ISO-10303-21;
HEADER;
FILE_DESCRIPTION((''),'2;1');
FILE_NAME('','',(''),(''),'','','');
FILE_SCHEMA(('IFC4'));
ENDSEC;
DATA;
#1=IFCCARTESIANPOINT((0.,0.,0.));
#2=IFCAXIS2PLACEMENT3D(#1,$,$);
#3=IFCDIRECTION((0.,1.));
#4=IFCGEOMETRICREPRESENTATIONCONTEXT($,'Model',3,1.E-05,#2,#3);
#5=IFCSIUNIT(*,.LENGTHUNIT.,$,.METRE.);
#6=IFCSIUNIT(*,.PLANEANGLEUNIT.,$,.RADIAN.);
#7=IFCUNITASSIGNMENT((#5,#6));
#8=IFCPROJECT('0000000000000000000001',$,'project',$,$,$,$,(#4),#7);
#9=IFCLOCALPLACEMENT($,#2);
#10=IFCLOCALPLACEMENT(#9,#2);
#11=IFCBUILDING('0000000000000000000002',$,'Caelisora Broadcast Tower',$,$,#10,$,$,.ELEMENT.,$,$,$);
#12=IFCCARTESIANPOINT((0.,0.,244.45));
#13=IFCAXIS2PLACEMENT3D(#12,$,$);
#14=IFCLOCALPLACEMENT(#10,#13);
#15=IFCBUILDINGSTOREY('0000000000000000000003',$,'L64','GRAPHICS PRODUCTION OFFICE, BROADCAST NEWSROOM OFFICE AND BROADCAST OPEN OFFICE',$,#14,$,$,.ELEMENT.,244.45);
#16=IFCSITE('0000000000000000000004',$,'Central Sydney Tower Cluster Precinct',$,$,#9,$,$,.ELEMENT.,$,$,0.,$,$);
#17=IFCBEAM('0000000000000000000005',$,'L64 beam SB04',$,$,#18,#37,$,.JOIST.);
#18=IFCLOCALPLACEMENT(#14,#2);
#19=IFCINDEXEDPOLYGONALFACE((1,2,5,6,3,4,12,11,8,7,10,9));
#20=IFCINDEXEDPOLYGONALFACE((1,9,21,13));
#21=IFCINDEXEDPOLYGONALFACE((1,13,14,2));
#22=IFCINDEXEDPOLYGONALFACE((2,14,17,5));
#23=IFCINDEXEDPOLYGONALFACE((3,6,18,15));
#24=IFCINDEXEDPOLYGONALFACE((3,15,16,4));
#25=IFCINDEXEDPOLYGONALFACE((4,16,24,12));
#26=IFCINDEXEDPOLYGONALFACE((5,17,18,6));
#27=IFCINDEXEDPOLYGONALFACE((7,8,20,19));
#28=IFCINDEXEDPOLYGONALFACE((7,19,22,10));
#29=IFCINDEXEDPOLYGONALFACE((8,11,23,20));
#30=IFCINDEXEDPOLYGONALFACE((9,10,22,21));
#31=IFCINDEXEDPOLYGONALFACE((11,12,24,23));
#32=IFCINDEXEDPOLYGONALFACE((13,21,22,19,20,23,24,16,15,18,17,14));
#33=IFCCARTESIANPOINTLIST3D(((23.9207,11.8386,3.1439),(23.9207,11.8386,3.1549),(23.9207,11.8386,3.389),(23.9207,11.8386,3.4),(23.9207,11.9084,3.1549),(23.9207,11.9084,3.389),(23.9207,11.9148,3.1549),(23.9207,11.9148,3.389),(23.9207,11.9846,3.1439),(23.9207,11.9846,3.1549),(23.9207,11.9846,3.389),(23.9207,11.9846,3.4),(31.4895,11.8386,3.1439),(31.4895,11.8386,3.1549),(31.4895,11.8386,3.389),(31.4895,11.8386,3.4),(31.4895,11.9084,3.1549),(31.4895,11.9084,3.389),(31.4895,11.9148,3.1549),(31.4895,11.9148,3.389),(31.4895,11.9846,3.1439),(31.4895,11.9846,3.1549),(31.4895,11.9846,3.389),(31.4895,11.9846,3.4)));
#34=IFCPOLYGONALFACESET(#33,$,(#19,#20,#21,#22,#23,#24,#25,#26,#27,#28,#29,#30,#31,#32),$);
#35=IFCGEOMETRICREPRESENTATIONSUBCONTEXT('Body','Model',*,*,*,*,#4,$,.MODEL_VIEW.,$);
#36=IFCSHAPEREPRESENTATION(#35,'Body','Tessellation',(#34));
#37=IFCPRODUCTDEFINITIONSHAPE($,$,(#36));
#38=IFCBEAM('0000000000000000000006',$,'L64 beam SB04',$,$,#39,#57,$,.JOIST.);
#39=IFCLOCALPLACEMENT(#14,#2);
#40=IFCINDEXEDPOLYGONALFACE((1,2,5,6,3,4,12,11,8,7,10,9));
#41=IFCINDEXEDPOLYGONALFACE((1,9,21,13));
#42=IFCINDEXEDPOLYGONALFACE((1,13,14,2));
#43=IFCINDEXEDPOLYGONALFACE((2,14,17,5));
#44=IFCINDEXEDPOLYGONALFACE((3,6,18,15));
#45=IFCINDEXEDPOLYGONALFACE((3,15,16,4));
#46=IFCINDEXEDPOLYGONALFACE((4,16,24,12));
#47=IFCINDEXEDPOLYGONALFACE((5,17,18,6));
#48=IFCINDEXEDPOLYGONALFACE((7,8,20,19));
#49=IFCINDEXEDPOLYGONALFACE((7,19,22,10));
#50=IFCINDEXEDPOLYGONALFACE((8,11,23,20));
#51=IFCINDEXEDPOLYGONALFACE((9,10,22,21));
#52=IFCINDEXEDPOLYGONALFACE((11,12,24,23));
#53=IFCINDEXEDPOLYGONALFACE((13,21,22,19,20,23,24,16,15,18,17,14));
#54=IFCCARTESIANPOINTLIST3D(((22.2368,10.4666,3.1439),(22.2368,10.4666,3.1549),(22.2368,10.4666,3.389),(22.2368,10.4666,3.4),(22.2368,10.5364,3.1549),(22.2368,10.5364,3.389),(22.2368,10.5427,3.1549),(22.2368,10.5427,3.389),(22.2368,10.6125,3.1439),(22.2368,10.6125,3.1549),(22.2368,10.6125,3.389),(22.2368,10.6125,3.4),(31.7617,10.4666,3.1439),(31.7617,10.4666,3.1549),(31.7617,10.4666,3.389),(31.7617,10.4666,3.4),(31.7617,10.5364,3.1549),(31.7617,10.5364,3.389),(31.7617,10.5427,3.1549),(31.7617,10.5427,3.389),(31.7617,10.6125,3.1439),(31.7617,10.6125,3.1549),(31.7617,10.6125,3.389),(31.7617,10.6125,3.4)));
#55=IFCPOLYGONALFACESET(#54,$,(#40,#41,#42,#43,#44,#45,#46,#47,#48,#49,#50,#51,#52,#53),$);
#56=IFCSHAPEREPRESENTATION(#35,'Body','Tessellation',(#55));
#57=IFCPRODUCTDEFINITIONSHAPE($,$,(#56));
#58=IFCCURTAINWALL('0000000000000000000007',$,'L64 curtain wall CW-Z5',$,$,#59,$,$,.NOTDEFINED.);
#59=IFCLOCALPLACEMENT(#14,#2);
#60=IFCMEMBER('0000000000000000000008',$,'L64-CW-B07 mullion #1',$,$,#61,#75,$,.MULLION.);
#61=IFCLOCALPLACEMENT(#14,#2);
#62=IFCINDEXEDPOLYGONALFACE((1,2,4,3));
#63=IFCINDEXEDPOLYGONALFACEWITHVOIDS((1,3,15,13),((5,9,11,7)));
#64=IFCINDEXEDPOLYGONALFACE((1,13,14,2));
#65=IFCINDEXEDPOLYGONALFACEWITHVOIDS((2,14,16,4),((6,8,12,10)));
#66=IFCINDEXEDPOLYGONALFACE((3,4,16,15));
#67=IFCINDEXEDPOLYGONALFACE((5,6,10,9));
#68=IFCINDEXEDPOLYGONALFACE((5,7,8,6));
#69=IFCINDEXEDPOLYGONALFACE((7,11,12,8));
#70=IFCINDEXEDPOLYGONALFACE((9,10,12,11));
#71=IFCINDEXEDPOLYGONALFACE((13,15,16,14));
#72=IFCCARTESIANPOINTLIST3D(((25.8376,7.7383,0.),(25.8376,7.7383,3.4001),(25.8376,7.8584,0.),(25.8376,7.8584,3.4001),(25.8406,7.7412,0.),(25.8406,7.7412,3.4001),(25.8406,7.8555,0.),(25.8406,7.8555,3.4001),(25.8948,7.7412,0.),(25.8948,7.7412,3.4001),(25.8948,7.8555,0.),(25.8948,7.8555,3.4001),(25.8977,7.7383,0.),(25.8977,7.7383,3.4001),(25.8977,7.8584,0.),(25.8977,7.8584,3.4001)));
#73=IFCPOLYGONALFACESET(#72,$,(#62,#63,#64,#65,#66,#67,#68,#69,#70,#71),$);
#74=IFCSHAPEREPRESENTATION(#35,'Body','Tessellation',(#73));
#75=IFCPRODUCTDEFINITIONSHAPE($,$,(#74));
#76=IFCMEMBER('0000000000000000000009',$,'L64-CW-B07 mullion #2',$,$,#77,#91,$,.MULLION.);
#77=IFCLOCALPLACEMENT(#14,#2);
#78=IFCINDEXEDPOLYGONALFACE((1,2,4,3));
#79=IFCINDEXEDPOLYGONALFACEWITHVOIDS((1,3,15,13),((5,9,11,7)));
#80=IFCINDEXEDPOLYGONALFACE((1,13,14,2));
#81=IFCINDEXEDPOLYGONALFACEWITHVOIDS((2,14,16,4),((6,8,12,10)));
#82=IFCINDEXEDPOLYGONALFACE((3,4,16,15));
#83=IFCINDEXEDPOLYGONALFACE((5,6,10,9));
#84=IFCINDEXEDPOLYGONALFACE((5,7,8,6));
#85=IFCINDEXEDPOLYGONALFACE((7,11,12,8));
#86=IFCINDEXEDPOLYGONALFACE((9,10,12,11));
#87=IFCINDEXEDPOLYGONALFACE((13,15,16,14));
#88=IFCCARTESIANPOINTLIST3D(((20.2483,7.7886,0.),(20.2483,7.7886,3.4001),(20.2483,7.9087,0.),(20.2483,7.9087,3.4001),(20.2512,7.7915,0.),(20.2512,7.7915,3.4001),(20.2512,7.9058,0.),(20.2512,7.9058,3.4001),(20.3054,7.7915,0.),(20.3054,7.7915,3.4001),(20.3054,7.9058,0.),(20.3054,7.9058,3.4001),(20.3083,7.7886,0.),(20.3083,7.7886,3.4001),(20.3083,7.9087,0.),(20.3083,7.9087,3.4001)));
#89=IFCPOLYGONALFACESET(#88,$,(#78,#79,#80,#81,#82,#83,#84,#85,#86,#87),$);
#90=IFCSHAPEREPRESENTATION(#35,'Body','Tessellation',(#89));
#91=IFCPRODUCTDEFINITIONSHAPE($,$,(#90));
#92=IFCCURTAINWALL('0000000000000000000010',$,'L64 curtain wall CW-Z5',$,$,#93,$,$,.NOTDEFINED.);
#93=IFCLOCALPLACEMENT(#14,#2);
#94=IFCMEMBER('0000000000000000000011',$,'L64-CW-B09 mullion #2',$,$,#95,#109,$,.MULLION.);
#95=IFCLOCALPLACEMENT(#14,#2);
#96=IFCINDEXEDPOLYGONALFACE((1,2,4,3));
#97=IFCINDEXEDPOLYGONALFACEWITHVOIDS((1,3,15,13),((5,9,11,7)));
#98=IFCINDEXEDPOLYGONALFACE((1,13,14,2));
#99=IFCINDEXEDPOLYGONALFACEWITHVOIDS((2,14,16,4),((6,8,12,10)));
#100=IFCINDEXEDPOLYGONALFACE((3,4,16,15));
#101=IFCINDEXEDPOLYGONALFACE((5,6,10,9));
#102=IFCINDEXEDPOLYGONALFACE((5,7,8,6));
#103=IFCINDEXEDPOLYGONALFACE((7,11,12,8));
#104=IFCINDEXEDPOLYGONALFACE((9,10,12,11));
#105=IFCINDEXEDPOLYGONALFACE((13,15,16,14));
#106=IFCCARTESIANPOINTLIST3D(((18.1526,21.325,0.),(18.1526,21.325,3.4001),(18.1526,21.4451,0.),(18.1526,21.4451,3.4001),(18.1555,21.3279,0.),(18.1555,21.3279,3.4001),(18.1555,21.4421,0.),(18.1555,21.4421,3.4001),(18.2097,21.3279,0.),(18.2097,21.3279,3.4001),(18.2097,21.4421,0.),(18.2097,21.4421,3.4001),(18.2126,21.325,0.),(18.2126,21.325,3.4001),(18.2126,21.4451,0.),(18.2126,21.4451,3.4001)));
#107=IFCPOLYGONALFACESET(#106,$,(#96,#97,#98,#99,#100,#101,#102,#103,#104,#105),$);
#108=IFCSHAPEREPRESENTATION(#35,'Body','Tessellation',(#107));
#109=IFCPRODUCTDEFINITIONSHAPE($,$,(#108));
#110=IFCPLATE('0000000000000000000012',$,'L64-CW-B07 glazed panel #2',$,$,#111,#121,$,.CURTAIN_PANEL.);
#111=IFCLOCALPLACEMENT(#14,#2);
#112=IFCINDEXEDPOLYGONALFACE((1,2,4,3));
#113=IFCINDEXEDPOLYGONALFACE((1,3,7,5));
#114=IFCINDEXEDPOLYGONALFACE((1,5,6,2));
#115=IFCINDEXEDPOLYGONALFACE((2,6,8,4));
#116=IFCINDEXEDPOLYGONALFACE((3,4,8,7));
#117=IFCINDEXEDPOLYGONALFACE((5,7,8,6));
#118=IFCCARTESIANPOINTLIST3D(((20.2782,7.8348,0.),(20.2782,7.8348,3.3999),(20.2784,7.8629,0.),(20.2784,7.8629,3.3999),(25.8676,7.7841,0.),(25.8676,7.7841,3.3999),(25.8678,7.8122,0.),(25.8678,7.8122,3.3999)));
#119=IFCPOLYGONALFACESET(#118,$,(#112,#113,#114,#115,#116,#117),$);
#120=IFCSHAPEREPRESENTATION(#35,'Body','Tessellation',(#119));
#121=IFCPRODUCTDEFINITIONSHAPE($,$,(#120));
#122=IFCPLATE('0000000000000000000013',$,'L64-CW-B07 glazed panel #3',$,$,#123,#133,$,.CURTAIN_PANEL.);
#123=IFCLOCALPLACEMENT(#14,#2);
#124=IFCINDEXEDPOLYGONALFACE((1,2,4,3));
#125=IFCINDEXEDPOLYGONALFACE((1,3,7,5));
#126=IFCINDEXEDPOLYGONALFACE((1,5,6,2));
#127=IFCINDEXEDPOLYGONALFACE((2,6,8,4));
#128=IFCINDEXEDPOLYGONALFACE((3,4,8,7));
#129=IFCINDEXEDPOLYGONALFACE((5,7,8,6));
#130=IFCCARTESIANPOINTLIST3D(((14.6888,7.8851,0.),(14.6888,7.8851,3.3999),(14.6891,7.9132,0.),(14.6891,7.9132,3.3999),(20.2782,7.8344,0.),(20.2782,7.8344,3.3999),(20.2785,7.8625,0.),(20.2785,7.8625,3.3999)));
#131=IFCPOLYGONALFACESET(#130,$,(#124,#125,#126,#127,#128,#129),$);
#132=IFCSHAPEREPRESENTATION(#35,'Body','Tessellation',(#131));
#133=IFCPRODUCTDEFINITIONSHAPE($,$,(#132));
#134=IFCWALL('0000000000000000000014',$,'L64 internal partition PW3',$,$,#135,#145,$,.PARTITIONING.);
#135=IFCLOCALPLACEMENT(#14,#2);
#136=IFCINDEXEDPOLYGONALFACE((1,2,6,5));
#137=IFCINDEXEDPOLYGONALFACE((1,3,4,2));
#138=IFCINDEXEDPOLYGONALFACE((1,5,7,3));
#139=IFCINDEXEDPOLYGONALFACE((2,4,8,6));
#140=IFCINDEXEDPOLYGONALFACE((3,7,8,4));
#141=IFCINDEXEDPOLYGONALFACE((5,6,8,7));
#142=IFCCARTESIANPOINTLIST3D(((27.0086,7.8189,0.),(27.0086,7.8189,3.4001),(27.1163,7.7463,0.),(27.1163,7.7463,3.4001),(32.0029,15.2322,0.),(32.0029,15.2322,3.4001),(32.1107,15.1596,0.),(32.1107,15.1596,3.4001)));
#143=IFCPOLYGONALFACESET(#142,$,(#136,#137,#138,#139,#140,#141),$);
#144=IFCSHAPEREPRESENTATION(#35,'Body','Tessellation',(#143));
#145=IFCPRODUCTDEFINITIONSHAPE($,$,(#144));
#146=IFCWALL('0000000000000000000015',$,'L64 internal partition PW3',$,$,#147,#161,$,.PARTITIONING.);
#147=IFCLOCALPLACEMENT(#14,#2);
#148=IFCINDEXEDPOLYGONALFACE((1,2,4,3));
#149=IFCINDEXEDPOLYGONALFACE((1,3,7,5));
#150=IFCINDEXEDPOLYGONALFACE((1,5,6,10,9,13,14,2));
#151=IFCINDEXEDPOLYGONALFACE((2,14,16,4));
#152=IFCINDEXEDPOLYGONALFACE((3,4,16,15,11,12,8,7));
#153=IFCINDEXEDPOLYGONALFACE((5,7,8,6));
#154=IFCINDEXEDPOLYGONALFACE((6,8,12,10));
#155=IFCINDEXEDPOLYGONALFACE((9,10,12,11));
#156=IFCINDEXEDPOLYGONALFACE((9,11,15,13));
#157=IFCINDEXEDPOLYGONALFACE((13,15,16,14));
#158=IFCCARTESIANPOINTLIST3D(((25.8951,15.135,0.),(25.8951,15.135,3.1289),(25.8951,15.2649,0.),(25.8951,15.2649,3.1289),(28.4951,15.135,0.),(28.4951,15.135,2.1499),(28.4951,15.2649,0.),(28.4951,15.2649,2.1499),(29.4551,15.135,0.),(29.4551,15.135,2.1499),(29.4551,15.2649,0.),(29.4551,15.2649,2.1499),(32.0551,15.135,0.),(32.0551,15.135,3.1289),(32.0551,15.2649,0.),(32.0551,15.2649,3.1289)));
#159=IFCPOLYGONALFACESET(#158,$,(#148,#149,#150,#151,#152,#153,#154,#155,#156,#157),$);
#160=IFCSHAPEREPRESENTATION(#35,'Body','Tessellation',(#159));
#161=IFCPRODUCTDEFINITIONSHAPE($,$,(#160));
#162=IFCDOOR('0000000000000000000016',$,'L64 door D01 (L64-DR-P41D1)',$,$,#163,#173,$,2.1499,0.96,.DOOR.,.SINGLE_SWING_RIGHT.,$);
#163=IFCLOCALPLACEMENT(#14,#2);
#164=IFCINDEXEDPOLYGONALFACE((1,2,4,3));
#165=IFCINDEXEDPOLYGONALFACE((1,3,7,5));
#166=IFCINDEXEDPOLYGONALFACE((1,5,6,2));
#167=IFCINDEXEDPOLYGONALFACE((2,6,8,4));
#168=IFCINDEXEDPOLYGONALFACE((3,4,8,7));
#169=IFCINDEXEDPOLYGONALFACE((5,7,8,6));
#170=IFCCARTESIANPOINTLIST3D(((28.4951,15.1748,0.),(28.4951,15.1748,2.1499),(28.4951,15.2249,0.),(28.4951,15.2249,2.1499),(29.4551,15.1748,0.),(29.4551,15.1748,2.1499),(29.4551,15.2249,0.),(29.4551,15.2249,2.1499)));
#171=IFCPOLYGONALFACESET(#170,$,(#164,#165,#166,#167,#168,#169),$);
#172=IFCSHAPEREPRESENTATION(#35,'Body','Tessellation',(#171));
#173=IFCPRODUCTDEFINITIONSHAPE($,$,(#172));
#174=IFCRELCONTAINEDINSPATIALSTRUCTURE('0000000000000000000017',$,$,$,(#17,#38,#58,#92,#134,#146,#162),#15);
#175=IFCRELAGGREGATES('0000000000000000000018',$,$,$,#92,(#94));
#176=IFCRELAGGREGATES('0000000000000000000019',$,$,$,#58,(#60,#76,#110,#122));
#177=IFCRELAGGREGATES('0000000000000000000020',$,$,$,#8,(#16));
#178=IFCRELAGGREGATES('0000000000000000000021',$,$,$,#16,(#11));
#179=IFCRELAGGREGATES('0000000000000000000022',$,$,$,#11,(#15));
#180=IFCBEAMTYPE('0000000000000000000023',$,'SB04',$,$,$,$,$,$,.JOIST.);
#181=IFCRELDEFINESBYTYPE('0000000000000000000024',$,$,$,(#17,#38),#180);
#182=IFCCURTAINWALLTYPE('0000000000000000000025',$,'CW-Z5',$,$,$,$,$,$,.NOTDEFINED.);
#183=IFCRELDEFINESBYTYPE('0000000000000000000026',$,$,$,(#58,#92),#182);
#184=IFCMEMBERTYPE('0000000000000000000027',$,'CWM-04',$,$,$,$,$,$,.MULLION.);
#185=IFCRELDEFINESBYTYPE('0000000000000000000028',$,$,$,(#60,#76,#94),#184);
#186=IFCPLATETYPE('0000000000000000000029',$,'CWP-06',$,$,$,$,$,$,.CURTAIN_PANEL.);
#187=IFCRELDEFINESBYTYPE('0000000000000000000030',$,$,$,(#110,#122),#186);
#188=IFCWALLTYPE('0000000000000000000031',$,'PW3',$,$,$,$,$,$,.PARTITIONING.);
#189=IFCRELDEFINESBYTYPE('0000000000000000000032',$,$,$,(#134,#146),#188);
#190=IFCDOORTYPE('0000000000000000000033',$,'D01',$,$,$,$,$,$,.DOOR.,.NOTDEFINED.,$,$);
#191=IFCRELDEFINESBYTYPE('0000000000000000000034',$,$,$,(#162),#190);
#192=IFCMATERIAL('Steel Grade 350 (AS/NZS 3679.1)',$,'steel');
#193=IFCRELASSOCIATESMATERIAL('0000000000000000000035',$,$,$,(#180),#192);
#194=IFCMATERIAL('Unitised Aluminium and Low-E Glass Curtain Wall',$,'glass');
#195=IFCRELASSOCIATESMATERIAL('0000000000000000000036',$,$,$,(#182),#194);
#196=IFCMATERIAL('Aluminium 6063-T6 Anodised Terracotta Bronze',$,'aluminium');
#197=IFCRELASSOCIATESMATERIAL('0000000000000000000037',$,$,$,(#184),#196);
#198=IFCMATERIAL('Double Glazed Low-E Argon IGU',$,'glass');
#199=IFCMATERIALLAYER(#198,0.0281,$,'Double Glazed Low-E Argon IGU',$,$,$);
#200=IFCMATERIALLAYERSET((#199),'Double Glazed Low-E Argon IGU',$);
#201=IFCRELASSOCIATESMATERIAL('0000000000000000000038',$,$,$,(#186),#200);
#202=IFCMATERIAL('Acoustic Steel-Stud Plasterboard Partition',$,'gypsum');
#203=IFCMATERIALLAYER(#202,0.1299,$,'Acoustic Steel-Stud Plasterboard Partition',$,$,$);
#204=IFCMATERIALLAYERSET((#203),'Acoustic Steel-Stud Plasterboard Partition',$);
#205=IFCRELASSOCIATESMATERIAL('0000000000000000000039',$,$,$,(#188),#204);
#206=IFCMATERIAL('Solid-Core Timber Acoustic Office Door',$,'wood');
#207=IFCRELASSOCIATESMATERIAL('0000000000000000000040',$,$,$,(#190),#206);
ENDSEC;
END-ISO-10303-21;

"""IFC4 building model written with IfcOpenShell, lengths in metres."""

from ifc_helpers import new_model, si_unit, direction, frame, frame_2d, origin, origin_2d, place, context, subcontext, project, spatial, rectangle, hollow_rectangle, i_section, extrude, source, transform, mapped, material, layer, layer_set, material_profile, profile_set, type_object, type_shapes, element, fill, aggregate, save


model = new_model("IFC4")

# Units and contexts
model_context = context("Model", 3, precision=1e-05, world=origin(), true_north=direction((0.0, 1.0)))
body_context = subcontext(model_context, "Body", "Model", "MODEL_VIEW")
ifc_project = project(units=[si_unit("LENGTHUNIT", "METRE"), si_unit("PLANEANGLEUNIT", "RADIAN")], contexts=[model_context])

# Site, building, storey
site_placement = place(None, origin())
site = spatial("IfcSite", under=ifc_project, at=site_placement, Name="Central Sydney Tower Cluster Precinct", CompositionType="ELEMENT", RefElevation=0.0)
building_placement = place(site_placement, origin())
building = spatial("IfcBuilding", under=site, at=building_placement, Name="Caelisora Broadcast Tower", CompositionType="ELEMENT")
storey_placement = place(building_placement, frame((0.0, 0.0, 244.45)))
storey = spatial("IfcBuildingStorey", under=building, at=storey_placement, Name="L64", Description="GRAPHICS PRODUCTION OFFICE, BROADCAST NEWSROOM OFFICE AND BROADCAST OPEN OFFICE", CompositionType="ELEMENT", Elevation=244.45)

# Beams
ifc_material_1 = material(Name="Steel Grade 350 (AS/NZS 3679.1)", Category="steel")
ifc_material_profile_1 = material_profile(ifc_material_1, i_section(OverallWidth=0.146, OverallDepth=0.2561, WebThickness=0.0063, FlangeThickness=0.011, at=origin_2d()), Name="Steel Grade 350 (AS/NZS 3679.1)")
ifc_profile_set_1 = profile_set([ifc_material_profile_1], Name="Steel Grade 350 (AS/NZS 3679.1)")
beam_type_1 = type_object("IfcBeamType", Name="SB04", PredefinedType="JOIST", material=ifc_profile_set_1)
shared_shape_1 = source(origin(), body_context, "Body", "SweptSolid", [
    extrude(i_section(OverallWidth=0.146, OverallDepth=0.2561, WebThickness=0.0063, FlangeThickness=0.011, at=origin_2d()), origin(), (0.0, 0.0, 1.0), 7.5688),
])
beam_1_placement = place(storey_placement, frame((23.9207, 11.9116, 3.272), z_axis=(1.0, 0.0, 0.0), x_axis=(0.0, 1.0, 0.0)))
element("IfcBeam", 1, at=beam_1_placement, inside=storey, type_object=beam_type_1, Name="L64 beam SB04", PredefinedType="JOIST", context=body_context, shape_type="MappedRepresentation", body=[
    mapped(shared_shape_1, transform((0.0, 0.0, 0.0), scale=1.0)),
])
shared_shape_2 = source(origin(), body_context, "Body", "SweptSolid", [
    extrude(i_section(OverallWidth=0.146, OverallDepth=0.2561, WebThickness=0.0063, FlangeThickness=0.011, at=origin_2d()), origin(), (0.0, 0.0, 1.0), 9.5249),
])
beam_2_placement = place(storey_placement, frame((22.2368, 10.5396, 3.272), z_axis=(1.0, 0.0, 0.0), x_axis=(0.0, 1.0, 0.0)))
element("IfcBeam", 2, at=beam_2_placement, inside=storey, type_object=beam_type_1, Name="L64 beam SB04", PredefinedType="JOIST", context=body_context, shape_type="MappedRepresentation", body=[
    mapped(shared_shape_2, transform((0.0, 0.0, 0.0), scale=1.0)),
])

# Curtain wall, members
ifc_material_2 = material(Name="Unitised Aluminium and Low-E Glass Curtain Wall", Category="glass")
curtain_wall_type = type_object("IfcCurtainWallType", Name="CW-Z5", PredefinedType="NOTDEFINED", material=ifc_material_2)
curtain_wall_1_placement = place(storey_placement, origin())
curtain_wall_1 = element("IfcCurtainWall", 3, at=curtain_wall_1_placement, inside=storey, type_object=curtain_wall_type, Name="L64 curtain wall CW-Z5", PredefinedType="NOTDEFINED")
ifc_material_3 = material(Name="Aluminium 6063-T6 Anodised Terracotta Bronze", Category="aluminium")
ifc_material_profile_2 = material_profile(ifc_material_3, hollow_rectangle(XDim=0.0601, YDim=0.1201, WallThickness=0.0029, at=origin_2d()), Name="Aluminium 6063-T6 Anodised Terracotta Bronze")
ifc_profile_set_2 = profile_set([ifc_material_profile_2], Name="Aluminium 6063-T6 Anodised Terracotta Bronze")
member_type = type_object("IfcMemberType", Name="CWM-04", PredefinedType="MULLION", material=ifc_profile_set_2)
shared_shape_3 = source(origin(), body_context, "Body", "SweptSolid", [
    extrude(hollow_rectangle(XDim=0.0601, YDim=0.1201, WallThickness=0.0029, at=origin_2d()), origin(), (0.0, 0.0, 1.0), 3.4001),
])
type_shapes(member_type, [shared_shape_3])
member_1_placement = place(storey_placement, frame((25.8677, 7.7983, 0.0), z_axis=(0.0, 0.0, 1.0), x_axis=(1.0, 0.0, 0.0)))
member_1 = element("IfcMember", 4, at=member_1_placement, type_object=member_type, Name="L64-CW-B07 mullion #1", PredefinedType="MULLION", context=body_context, shape_type="MappedRepresentation", body=[
    mapped(shared_shape_3, transform((0.0, 0.0, 0.0), scale=1.0)),
])
member_2_placement = place(storey_placement, frame((20.2783, 7.8486, 0.0), z_axis=(0.0, 0.0, 1.0), x_axis=(1.0, 0.0, 0.0)))
member_2 = element("IfcMember", 5, at=member_2_placement, type_object=member_type, Name="L64-CW-B07 mullion #2", PredefinedType="MULLION", context=body_context, shape_type="MappedRepresentation", body=[
    mapped(shared_shape_3, transform((0.0, 0.0, 0.0), scale=1.0)),
])

# Curtain wall, member
curtain_wall_2_placement = place(storey_placement, origin())
curtain_wall_2 = element("IfcCurtainWall", 6, at=curtain_wall_2_placement, inside=storey, type_object=curtain_wall_type, Name="L64 curtain wall CW-Z5", PredefinedType="NOTDEFINED")
member_3_placement = place(storey_placement, frame((18.1826, 21.385, 0.0), z_axis=(0.0, 0.0, 1.0), x_axis=(1.0, 0.0, 0.0)))
member_3 = element("IfcMember", 7, at=member_3_placement, type_object=member_type, Name="L64-CW-B09 mullion #2", PredefinedType="MULLION", context=body_context, shape_type="MappedRepresentation", body=[
    mapped(shared_shape_3, transform((0.0, 0.0, 0.0), scale=1.0)),
])
aggregate(curtain_wall_2, [member_3])

# Plates
ifc_material_4 = material(Name="Double Glazed Low-E Argon IGU", Category="glass")
ifc_layer_1 = layer(ifc_material_4, 0.0281, Name="Double Glazed Low-E Argon IGU")
ifc_layer_set_1 = layer_set([ifc_layer_1], Name="Double Glazed Low-E Argon IGU")
plate_type = type_object("IfcPlateType", Name="CWP-06", PredefinedType="CURTAIN_PANEL", material=ifc_layer_set_1)
shared_shape_4 = source(origin(), body_context, "Body", "SweptSolid", [
    extrude(rectangle(XDim=5.5896, YDim=0.0281, at=origin_2d()), origin(), (0.0, 0.0, 1.0), 3.3999),
])
type_shapes(plate_type, [shared_shape_4])
plate_1_placement = place(storey_placement, frame((23.073, 7.8235, 0.0), z_axis=(0.0, 0.0, 1.0), x_axis=(-0.999959, 0.009076, 0.0)))
plate_1 = element("IfcPlate", 8, at=plate_1_placement, type_object=plate_type, Name="L64-CW-B07 glazed panel #2", PredefinedType="CURTAIN_PANEL", context=body_context, shape_type="MappedRepresentation", body=[
    mapped(shared_shape_4, transform((0.0, 0.0, 0.0), scale=1.0)),
])
plate_2_placement = place(storey_placement, frame((17.4836, 7.8738, 0.0), z_axis=(0.0, 0.0, 1.0), x_axis=(-0.999959, 0.009076, 0.0)))
plate_2 = element("IfcPlate", 9, at=plate_2_placement, type_object=plate_type, Name="L64-CW-B07 glazed panel #3", PredefinedType="CURTAIN_PANEL", context=body_context, shape_type="MappedRepresentation", body=[
    mapped(shared_shape_4, transform((0.0, 0.0, 0.0), scale=1.0)),
])
aggregate(curtain_wall_1, [member_1, member_2, plate_1, plate_2])

# Wall
ifc_material_5 = material(Name="Acoustic Steel-Stud Plasterboard Partition", Category="gypsum")
ifc_layer_2 = layer(ifc_material_5, 0.1299, Name="Acoustic Steel-Stud Plasterboard Partition")
ifc_layer_set_2 = layer_set([ifc_layer_2], Name="Acoustic Steel-Stud Plasterboard Partition")
wall_type = type_object("IfcWallType", Name="PW3", PredefinedType="PARTITIONING", material=ifc_layer_set_2)
wall_1_placement = place(storey_placement, frame((27.0625, 7.7827, 0.0), z_axis=(0.0, 0.0, 1.0), x_axis=(0.558734, 0.829347, 0.0)))
element("IfcWall", 10, at=wall_1_placement, inside=storey, type_object=wall_type, Name="L64 internal partition PW3", PredefinedType="PARTITIONING", context=body_context, shape_type="SweptSolid", body=[
    extrude(rectangle(XDim=8.9387, YDim=0.1299, at=frame_2d((4.4692, 0.0))), origin(), (0.0, 0.0, 1.0), 3.4001),
])

# Wall, opening, door
wall_2_placement = place(storey_placement, frame((25.895, 15.2, 0.0), z_axis=(0.0, 0.0, 1.0), x_axis=(1.0, 0.0, 0.0)))
wall_2 = element("IfcWall", 11, at=wall_2_placement, inside=storey, type_object=wall_type, Name="L64 internal partition PW3", PredefinedType="PARTITIONING", context=body_context, shape_type="SweptSolid", body=[
    extrude(rectangle(XDim=6.1599, YDim=0.1299, at=frame_2d((3.0801, 0.0))), origin(), (0.0, 0.0, 1.0), 3.1289),
])
opening_1_placement = place(wall_2_placement, frame((2.6001, 0.0, 0.0)))
opening_1 = element("IfcOpeningElement", 12, at=opening_1_placement, cuts=wall_2, PredefinedType="OPENING", context=body_context, shape_type="SweptSolid", body=[
    extrude(rectangle(XDim=0.96, YDim=2.1499, at=frame_2d((0.48, 1.075))), frame((0.0, 0.0769, 0.0), z_axis=(0.0, -1.0, 0.0), x_axis=(1.0, 0.0, 0.0)), (0.0, 0.0, 1.0), 0.1538),
])
ifc_material_6 = material(Name="Solid-Core Timber Acoustic Office Door", Category="wood")
door_type = type_object("IfcDoorType", Name="D01", OperationType="NOTDEFINED", PredefinedType="DOOR", material=ifc_material_6)
door_1_placement = place(opening_1_placement, origin())
door_1 = element("IfcDoor", 13, at=door_1_placement, inside=storey, type_object=door_type, Name="L64 door D01 (L64-DR-P41D1)", OperationType="SINGLE_SWING_RIGHT", OverallHeight=2.1499, OverallWidth=0.96, PredefinedType="DOOR", context=body_context, shape_type="SweptSolid", body=[
    extrude(rectangle(XDim=0.96, YDim=2.1499, at=frame_2d((0.48, 1.075))), frame((0.0, 0.0249, 0.0), z_axis=(0.0, -1.0, 0.0), x_axis=(1.0, 0.0, 0.0)), (0.0, 0.0, 1.0), 0.05),
])
fill(opening_1, door_1)

save(model, "model.ifc")
